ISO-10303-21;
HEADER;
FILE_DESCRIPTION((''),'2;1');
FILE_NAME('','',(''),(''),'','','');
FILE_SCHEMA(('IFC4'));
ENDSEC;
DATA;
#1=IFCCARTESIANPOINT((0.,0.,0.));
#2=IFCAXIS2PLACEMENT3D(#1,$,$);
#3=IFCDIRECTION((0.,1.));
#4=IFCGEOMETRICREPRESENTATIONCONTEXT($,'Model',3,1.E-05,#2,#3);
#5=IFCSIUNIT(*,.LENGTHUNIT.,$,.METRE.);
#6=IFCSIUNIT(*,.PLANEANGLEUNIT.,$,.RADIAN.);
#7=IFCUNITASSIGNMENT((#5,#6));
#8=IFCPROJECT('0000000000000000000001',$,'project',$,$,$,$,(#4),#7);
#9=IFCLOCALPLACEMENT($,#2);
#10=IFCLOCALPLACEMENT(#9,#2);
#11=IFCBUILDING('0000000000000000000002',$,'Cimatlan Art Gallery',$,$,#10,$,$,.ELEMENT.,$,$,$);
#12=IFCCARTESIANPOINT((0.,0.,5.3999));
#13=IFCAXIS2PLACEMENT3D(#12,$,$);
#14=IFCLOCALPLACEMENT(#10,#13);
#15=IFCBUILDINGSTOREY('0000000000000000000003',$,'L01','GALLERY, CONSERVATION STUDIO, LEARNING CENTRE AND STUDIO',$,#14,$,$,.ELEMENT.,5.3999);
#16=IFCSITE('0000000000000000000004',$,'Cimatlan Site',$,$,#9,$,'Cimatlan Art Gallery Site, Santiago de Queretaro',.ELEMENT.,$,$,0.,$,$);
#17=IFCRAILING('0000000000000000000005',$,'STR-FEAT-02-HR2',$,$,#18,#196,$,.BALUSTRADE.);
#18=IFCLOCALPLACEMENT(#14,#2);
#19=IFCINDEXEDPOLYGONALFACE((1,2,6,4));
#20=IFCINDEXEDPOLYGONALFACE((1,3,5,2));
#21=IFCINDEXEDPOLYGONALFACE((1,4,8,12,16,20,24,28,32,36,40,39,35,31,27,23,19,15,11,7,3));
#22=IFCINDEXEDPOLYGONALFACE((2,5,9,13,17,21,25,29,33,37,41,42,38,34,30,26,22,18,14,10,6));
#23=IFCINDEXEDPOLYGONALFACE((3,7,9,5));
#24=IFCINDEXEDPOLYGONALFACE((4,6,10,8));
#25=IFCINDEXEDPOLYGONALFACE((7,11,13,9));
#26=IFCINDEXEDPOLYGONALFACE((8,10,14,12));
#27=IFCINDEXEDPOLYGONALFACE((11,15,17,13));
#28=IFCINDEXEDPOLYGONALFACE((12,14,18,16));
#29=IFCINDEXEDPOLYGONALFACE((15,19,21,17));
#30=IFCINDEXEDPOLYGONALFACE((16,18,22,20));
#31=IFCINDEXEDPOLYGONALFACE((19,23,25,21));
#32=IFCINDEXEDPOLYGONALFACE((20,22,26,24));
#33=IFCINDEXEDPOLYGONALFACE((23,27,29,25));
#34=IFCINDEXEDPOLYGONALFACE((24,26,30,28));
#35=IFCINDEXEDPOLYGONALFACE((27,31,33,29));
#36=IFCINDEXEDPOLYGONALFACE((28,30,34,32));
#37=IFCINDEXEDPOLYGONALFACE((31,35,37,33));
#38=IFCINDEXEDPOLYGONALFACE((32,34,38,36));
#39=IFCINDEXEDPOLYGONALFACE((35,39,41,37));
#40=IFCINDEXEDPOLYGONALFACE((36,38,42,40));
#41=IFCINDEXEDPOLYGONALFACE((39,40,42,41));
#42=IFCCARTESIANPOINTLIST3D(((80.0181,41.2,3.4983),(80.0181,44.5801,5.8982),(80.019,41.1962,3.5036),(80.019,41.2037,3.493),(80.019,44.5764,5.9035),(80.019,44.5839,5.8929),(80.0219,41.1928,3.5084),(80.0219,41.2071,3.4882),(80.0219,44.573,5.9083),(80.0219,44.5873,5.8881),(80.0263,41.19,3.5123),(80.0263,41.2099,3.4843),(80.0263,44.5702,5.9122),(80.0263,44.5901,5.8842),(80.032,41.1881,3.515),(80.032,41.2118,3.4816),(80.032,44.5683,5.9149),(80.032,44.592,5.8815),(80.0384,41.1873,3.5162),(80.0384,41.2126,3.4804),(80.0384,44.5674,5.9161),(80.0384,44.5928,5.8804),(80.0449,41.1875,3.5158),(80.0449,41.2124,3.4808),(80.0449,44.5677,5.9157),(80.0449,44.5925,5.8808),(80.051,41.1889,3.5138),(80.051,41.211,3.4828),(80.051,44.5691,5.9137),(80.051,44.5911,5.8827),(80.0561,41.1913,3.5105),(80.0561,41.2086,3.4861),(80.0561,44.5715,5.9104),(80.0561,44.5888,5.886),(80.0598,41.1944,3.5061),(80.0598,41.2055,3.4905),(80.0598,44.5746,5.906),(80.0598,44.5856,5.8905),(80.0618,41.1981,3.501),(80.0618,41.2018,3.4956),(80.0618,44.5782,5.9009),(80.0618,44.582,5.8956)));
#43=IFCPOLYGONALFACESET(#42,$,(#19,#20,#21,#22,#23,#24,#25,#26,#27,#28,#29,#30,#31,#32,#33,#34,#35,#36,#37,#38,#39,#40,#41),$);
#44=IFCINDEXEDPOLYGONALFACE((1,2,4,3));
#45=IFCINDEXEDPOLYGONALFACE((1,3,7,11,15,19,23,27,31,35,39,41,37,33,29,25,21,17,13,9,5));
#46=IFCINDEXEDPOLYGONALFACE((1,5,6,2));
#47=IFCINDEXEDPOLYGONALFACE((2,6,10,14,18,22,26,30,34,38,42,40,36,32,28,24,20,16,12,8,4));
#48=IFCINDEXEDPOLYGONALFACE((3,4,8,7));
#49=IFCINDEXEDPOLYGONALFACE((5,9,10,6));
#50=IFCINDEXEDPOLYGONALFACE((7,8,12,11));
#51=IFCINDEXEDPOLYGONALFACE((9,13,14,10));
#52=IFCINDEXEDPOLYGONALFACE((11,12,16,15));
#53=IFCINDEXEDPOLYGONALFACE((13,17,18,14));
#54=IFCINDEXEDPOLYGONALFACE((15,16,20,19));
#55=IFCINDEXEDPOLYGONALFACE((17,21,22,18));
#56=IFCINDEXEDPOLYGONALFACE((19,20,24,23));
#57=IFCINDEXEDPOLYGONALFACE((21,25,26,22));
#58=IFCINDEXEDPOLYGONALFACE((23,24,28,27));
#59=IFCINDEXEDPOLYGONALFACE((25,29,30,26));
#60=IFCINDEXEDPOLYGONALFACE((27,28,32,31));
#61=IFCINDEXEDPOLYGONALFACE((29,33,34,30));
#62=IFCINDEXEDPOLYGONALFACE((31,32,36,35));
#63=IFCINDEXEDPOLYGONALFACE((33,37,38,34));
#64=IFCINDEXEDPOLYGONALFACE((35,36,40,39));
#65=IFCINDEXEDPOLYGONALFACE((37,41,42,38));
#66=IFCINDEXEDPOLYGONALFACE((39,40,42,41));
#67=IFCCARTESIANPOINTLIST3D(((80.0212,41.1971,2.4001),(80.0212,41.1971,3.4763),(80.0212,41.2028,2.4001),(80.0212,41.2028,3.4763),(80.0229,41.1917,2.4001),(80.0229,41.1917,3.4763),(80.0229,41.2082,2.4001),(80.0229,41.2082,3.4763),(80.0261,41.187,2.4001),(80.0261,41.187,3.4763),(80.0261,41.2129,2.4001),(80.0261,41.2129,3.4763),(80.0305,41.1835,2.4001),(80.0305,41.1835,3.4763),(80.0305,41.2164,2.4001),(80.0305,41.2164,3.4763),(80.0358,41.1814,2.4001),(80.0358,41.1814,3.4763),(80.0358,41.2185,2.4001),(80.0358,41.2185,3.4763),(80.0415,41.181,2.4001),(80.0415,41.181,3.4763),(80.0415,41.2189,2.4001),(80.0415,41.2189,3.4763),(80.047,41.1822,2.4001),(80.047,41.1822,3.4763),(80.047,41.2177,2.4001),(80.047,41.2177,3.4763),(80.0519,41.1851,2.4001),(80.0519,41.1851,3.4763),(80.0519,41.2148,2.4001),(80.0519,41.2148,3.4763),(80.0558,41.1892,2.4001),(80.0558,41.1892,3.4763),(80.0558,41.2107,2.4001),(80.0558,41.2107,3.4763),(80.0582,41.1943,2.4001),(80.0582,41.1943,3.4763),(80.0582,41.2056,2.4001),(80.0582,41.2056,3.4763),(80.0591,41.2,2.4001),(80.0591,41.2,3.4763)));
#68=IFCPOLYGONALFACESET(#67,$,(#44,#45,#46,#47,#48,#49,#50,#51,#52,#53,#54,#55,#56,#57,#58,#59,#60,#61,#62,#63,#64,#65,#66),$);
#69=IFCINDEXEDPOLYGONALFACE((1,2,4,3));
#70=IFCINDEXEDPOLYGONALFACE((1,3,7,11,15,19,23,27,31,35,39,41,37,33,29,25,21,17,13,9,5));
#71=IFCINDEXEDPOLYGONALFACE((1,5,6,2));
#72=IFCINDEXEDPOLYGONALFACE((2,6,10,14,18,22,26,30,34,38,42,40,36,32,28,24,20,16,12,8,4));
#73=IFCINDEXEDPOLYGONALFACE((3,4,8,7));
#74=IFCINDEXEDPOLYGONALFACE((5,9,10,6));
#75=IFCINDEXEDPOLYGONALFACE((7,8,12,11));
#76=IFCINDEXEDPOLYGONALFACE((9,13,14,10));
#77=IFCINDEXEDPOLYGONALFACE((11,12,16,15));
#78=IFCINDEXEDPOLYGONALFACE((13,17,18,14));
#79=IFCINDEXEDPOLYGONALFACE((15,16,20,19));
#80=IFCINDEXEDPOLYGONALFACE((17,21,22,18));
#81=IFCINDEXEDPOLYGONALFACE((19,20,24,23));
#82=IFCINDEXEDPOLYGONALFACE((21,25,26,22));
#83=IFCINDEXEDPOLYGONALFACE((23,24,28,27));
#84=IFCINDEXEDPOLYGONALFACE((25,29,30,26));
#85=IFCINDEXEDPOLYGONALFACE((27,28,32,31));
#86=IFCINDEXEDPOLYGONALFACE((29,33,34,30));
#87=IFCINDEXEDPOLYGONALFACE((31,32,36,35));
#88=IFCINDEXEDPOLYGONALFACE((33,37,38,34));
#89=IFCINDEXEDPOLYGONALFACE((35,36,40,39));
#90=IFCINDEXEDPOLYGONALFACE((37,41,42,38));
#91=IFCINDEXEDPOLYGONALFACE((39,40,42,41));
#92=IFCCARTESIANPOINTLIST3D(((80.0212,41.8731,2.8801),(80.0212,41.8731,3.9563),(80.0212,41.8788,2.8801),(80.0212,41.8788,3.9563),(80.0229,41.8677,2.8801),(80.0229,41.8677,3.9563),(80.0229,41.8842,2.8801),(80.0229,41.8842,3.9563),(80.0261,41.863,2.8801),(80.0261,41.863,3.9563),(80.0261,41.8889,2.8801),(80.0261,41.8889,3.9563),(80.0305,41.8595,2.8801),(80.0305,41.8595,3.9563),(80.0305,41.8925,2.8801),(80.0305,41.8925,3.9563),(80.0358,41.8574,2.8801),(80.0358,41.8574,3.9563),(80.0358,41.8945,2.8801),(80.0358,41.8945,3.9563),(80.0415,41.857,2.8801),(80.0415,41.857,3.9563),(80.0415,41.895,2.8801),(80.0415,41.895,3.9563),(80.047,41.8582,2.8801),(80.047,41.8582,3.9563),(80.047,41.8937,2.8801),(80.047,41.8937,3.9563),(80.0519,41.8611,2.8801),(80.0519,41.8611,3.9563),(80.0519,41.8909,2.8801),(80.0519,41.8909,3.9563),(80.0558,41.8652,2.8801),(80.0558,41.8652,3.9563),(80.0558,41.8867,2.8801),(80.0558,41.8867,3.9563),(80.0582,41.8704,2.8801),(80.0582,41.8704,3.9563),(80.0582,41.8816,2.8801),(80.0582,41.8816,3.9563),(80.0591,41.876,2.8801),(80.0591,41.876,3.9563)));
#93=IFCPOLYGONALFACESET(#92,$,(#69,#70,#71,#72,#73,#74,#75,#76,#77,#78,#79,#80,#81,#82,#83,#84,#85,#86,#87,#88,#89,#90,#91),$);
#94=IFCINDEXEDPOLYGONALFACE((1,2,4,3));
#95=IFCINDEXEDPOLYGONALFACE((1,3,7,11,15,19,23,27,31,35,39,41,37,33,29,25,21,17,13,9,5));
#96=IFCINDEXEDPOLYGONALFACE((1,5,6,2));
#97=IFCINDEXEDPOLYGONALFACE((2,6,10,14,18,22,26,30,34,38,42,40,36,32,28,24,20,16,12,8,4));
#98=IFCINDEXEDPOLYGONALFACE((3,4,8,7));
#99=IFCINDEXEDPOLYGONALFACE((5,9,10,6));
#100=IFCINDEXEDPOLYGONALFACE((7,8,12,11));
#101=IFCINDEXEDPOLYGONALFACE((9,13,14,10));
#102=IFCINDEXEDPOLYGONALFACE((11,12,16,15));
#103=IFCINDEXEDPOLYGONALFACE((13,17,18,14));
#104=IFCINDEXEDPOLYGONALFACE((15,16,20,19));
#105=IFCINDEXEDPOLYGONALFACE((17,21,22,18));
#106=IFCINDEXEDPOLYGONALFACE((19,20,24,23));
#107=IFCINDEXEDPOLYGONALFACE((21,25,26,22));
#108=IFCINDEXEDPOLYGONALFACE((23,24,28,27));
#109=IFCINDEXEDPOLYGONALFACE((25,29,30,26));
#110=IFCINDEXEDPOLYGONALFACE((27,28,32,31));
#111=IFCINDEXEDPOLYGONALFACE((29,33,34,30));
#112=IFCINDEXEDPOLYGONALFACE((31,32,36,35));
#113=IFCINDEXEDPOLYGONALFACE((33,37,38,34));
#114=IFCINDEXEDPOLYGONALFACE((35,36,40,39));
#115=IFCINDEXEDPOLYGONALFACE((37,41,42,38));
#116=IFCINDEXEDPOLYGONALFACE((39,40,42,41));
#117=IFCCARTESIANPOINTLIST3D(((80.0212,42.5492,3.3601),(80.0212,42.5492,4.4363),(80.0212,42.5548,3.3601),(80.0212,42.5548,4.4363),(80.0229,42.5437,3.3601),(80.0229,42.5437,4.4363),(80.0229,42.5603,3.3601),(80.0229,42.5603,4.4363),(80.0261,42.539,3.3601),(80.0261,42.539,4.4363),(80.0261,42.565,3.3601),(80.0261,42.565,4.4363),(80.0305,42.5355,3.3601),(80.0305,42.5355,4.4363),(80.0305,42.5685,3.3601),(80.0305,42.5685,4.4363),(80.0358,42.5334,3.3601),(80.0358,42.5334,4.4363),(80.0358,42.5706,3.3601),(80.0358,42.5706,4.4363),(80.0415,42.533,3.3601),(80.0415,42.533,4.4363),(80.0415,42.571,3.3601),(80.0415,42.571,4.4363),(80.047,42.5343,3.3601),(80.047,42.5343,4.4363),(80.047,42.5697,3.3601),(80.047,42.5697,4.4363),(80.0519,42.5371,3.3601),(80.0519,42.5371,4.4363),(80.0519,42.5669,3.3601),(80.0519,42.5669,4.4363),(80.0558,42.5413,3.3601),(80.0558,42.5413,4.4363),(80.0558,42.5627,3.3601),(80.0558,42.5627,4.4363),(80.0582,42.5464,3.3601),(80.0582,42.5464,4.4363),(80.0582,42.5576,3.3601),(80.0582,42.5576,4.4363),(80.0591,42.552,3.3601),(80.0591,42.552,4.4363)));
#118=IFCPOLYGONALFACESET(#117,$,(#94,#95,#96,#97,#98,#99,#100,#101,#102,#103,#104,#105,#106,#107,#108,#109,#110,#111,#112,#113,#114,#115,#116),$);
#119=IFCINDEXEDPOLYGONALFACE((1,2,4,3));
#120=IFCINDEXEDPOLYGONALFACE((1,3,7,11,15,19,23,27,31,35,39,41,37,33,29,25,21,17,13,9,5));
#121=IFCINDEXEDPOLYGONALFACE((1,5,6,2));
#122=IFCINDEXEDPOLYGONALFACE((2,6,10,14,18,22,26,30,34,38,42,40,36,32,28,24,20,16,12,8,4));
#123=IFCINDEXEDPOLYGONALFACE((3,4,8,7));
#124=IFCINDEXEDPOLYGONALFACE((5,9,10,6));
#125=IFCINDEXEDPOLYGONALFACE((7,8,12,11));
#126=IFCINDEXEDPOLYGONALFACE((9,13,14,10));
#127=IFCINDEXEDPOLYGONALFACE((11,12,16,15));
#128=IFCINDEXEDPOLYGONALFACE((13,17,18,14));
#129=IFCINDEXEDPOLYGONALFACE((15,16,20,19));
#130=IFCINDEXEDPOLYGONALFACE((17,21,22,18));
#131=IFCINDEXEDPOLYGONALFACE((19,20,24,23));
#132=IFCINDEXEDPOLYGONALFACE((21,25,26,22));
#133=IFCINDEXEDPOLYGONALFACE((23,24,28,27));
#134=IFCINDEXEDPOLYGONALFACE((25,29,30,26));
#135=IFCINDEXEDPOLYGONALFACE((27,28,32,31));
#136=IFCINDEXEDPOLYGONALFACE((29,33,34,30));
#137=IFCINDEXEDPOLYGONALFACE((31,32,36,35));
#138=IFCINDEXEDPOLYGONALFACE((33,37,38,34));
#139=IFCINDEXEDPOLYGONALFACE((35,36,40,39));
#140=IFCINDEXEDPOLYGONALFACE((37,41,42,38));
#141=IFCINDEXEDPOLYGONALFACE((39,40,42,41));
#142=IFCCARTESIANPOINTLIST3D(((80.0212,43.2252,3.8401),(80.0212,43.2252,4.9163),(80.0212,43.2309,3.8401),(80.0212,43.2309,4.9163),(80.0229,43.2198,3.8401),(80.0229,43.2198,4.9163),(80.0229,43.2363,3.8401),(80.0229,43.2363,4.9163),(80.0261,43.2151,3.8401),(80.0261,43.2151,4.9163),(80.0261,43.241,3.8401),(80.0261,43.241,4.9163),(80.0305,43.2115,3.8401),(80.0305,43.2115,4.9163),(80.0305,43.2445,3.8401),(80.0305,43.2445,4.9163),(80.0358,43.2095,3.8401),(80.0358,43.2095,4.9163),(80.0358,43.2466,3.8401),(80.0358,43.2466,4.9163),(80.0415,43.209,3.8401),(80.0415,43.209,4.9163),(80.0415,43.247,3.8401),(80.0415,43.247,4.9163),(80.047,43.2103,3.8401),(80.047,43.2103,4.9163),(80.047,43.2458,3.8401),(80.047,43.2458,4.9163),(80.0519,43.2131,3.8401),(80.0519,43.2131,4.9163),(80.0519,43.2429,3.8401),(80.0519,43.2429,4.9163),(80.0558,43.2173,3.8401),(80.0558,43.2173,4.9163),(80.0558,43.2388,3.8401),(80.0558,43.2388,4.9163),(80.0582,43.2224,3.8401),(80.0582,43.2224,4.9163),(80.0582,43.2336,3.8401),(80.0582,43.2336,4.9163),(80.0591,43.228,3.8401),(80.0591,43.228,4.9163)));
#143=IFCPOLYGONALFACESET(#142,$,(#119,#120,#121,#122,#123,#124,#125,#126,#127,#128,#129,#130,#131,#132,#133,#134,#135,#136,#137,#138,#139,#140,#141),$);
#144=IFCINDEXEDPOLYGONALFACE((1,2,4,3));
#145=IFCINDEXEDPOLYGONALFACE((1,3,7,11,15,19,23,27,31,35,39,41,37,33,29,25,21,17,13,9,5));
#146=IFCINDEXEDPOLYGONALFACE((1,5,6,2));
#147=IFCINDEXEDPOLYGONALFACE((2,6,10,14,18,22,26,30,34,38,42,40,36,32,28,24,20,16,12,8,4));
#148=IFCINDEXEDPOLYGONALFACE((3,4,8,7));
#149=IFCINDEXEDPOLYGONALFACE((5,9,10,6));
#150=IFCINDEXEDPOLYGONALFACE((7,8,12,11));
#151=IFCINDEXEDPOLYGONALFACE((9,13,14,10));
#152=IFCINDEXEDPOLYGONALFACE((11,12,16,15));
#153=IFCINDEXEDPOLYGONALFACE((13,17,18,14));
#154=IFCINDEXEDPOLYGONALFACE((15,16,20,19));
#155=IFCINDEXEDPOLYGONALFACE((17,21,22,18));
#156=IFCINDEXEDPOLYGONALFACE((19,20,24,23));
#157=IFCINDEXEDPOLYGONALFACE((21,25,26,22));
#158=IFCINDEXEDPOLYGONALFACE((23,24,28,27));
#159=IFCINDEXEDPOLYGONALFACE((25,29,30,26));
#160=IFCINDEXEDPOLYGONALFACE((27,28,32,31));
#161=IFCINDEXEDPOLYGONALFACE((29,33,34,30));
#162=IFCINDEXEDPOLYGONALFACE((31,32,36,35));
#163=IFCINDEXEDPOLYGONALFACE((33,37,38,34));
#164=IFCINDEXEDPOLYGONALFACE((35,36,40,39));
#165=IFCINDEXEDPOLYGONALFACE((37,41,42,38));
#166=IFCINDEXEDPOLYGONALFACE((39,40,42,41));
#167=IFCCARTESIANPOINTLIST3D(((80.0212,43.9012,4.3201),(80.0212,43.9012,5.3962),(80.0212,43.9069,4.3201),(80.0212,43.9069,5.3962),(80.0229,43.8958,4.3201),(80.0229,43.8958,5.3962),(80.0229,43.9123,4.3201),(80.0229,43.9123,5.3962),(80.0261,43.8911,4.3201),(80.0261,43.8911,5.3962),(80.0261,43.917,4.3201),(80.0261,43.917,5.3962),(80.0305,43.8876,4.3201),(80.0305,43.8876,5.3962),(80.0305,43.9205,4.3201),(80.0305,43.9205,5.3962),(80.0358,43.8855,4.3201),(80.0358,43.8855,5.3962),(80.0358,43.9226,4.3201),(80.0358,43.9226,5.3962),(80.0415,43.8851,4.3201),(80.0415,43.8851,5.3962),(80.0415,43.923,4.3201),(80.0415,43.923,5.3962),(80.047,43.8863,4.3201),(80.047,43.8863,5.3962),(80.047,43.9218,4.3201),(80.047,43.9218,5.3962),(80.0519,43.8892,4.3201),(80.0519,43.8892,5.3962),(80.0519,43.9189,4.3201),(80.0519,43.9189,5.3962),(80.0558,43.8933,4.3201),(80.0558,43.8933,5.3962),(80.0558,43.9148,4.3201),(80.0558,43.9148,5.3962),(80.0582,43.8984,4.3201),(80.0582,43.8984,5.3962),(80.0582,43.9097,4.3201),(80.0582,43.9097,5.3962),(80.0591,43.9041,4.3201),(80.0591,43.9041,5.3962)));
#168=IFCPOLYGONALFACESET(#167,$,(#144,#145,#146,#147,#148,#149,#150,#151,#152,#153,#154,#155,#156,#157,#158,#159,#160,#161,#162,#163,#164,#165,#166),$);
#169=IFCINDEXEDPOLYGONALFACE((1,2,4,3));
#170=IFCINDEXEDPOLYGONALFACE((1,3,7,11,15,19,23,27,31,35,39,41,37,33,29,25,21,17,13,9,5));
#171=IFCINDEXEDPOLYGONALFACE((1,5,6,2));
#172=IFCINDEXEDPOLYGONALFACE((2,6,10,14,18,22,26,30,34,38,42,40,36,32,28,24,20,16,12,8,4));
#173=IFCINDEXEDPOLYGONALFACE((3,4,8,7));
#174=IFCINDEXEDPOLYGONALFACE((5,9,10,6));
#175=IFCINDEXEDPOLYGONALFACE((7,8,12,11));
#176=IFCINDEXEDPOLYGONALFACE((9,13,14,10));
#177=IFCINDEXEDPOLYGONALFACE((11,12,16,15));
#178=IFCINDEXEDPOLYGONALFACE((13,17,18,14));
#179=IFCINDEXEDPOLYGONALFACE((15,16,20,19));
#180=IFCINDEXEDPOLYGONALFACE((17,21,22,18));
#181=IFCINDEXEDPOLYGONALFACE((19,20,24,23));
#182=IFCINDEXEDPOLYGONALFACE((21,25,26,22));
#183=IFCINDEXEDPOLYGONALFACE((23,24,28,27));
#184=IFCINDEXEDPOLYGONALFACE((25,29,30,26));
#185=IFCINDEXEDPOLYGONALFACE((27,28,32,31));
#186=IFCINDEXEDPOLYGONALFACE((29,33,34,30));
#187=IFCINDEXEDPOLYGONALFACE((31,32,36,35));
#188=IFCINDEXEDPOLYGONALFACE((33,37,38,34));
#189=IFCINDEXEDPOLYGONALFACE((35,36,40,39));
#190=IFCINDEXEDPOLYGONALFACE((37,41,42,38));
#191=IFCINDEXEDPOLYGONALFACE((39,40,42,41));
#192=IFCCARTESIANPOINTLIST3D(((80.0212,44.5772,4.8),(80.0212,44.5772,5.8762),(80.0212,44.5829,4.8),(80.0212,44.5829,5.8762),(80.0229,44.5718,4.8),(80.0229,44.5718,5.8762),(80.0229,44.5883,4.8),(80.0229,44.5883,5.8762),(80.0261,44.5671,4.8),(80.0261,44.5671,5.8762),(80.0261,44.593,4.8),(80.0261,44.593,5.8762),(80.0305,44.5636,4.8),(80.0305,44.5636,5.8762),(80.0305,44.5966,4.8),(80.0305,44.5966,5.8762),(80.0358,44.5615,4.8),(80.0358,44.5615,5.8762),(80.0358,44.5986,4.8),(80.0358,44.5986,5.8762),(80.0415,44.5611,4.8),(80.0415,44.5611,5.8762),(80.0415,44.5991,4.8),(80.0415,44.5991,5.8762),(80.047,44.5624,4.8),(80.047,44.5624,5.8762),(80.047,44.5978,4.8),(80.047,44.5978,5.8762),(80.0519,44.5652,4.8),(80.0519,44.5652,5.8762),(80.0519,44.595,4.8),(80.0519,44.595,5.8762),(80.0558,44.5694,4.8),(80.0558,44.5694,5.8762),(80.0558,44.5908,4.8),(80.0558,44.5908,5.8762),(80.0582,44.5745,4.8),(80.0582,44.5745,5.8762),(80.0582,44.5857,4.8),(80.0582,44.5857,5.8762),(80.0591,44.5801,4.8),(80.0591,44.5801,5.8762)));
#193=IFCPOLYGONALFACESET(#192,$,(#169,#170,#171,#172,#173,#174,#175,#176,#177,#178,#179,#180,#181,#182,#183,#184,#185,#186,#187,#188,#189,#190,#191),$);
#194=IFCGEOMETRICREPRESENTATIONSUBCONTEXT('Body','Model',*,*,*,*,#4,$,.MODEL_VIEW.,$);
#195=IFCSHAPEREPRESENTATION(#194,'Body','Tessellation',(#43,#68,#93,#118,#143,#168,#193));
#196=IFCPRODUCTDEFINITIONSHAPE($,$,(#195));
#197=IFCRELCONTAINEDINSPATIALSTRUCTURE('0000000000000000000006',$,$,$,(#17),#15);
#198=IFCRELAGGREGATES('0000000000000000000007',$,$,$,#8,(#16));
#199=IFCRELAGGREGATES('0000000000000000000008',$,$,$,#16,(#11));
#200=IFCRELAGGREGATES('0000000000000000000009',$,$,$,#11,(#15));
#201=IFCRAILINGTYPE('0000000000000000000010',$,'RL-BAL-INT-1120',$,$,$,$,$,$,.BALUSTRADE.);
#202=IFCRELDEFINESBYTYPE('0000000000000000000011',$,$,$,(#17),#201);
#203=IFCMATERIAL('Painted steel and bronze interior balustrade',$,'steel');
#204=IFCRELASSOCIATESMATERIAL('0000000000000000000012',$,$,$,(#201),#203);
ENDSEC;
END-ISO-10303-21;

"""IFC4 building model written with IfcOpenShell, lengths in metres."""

from ifc_helpers import new_model, si_unit, direction, frame, origin, origin_2d, place, context, subcontext, project, spatial, circle, extrude, material, type_object, element, save


model = new_model("IFC4")

# Units and contexts
model_context = context("Model", 3, precision=1e-05, world=origin(), true_north=direction((0.0, 1.0)))
body_context = subcontext(model_context, "Body", "Model", "MODEL_VIEW")
ifc_project = project(units=[si_unit("LENGTHUNIT", "METRE"), si_unit("PLANEANGLEUNIT", "RADIAN")], contexts=[model_context])

# Site, building, storey
site_placement = place(None, origin())
site = spatial("IfcSite", under=ifc_project, at=site_placement, Name="Cimatlan Site", LongName="Cimatlan Art Gallery Site, Santiago de Queretaro", CompositionType="ELEMENT", RefElevation=0.0)
building_placement = place(site_placement, origin())
building = spatial("IfcBuilding", under=site, at=building_placement, Name="Cimatlan Art Gallery", CompositionType="ELEMENT")
storey_placement = place(building_placement, frame((0.0, 0.0, 5.3999)))
storey = spatial("IfcBuildingStorey", under=building, at=storey_placement, Name="L01", Description="GALLERY, CONSERVATION STUDIO, LEARNING CENTRE AND STUDIO", CompositionType="ELEMENT", Elevation=5.3999)

# Railing
ifc_material_1 = material(Name="Painted steel and bronze interior balustrade", Category="steel")
railing_type = type_object("IfcRailingType", Name="RL-BAL-INT-1120", PredefinedType="BALUSTRADE", material=ifc_material_1)
railing_1_placement = place(storey_placement, frame((80.04, 41.2, 2.4001)))
element("IfcRailing", 1, at=railing_1_placement, inside=storey, type_object=railing_type, Name="STR-FEAT-02-HR2", PredefinedType="BALUSTRADE", context=body_context, shape_type="SweptSolid", body=[
    extrude(circle(Radius=0.022, at=origin_2d()), frame((0.0, 0.0, 1.0981), z_axis=(0.0, 0.815382, 0.578924), x_axis=(-1.0, 0.0, 0.0)), (0.0, 0.0, 1.0), 4.1455),
    extrude(circle(Radius=0.019, at=origin_2d()), origin(), (0.0, 0.0, 1.0), 1.0762),
    extrude(circle(Radius=0.019, at=origin_2d()), frame((0.0, 0.676, 0.48)), (0.0, 0.0, 1.0), 1.0762),
    extrude(circle(Radius=0.019, at=origin_2d()), frame((0.0, 1.3521, 0.96)), (0.0, 0.0, 1.0), 1.0762),
    extrude(circle(Radius=0.019, at=origin_2d()), frame((0.0, 2.0281, 1.4399)), (0.0, 0.0, 1.0), 1.0762),
    extrude(circle(Radius=0.019, at=origin_2d()), frame((0.0, 2.7041, 1.9199)), (0.0, 0.0, 1.0), 1.0762),
    extrude(circle(Radius=0.019, at=origin_2d()), frame((0.0, 3.3801, 2.3999)), (0.0, 0.0, 1.0), 1.0762),
])

save(model, "model.ifc")
